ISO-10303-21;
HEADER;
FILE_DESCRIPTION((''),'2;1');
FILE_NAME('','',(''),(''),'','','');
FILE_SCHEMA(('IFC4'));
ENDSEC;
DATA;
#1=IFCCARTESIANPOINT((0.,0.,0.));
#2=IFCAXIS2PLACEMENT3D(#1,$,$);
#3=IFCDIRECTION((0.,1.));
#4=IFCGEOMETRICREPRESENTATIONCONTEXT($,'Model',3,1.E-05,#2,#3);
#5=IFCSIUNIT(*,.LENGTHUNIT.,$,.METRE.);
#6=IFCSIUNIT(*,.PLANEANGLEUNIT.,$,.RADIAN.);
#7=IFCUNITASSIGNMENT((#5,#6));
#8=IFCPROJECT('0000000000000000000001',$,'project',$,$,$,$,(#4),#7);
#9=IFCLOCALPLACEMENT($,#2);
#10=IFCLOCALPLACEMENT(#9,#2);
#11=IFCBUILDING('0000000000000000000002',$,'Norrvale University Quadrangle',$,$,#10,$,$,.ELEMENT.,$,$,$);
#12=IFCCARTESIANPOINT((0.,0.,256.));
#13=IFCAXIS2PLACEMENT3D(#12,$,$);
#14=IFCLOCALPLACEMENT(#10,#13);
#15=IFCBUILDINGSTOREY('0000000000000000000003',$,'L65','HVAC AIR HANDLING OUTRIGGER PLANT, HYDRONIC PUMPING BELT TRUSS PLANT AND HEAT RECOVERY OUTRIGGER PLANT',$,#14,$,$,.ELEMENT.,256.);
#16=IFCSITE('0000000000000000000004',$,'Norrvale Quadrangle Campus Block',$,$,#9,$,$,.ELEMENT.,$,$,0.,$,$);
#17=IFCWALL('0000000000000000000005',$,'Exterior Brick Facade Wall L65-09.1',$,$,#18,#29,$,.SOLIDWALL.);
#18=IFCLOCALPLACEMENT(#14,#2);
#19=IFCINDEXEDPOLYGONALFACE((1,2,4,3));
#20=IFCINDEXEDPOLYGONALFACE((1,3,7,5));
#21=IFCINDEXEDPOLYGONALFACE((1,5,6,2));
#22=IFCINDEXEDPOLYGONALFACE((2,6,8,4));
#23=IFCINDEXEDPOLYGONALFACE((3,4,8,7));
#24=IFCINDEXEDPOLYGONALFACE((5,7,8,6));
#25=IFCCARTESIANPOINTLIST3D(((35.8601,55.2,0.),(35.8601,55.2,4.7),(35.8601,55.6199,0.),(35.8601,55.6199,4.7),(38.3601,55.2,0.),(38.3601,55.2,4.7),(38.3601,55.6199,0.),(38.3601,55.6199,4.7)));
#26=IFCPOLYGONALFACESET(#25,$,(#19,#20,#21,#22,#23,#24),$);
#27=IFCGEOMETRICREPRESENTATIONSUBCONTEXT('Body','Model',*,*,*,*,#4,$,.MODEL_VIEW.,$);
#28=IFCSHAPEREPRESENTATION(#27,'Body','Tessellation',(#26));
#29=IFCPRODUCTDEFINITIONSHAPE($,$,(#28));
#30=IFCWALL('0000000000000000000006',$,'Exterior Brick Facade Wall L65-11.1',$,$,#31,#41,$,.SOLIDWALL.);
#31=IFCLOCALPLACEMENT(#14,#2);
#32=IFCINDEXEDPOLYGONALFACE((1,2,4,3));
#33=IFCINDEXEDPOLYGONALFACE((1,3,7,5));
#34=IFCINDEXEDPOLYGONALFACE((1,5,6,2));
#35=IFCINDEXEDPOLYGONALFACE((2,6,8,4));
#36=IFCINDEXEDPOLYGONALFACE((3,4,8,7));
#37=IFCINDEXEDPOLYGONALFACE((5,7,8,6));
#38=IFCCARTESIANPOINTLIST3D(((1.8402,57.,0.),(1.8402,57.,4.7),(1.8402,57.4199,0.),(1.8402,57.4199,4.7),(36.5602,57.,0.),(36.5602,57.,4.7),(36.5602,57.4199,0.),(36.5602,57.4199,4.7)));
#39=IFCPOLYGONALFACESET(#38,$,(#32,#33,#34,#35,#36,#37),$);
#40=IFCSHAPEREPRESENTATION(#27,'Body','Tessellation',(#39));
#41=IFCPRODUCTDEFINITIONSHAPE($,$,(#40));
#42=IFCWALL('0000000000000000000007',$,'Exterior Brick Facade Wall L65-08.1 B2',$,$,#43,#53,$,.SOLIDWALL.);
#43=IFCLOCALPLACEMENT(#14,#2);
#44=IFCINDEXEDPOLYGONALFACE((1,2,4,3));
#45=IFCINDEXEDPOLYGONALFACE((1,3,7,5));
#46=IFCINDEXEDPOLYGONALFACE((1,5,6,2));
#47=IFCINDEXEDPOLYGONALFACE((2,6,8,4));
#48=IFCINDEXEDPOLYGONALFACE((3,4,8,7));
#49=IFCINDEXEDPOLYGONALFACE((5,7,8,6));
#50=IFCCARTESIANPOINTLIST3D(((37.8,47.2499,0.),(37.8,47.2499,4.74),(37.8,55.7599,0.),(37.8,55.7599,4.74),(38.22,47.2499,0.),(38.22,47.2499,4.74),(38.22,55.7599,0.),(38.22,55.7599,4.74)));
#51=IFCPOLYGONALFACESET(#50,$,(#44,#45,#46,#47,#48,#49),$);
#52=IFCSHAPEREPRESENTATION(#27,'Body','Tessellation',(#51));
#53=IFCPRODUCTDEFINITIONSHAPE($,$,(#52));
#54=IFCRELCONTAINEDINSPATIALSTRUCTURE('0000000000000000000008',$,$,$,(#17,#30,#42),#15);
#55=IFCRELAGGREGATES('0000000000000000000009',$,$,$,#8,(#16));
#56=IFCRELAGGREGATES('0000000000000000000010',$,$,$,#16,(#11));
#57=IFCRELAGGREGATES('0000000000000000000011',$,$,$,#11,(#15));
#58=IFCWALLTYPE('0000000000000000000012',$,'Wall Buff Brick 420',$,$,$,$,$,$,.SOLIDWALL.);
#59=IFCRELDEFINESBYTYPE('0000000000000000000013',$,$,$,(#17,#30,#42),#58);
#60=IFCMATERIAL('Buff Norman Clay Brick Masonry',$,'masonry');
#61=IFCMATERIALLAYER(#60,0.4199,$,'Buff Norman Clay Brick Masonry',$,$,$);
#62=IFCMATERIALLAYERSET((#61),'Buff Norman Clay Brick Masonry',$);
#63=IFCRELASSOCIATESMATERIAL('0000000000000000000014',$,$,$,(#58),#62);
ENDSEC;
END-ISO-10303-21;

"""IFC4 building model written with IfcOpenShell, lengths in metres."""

from ifc_helpers import new_model, si_unit, direction, frame, frame_2d, origin, place, context, subcontext, project, spatial, rectangle, extrude, material, layer, layer_set, type_object, element, save


model = new_model("IFC4")

# Units and contexts
model_context = context("Model", 3, precision=1e-05, world=origin(), true_north=direction((0.0, 1.0)))
body_context = subcontext(model_context, "Body", "Model", "MODEL_VIEW")
ifc_project = project(units=[si_unit("LENGTHUNIT", "METRE"), si_unit("PLANEANGLEUNIT", "RADIAN")], contexts=[model_context])

# Site, building, storey
site_placement = place(None, origin())
site = spatial("IfcSite", under=ifc_project, at=site_placement, Name="Norrvale Quadrangle Campus Block", CompositionType="ELEMENT", RefElevation=0.0)
building_placement = place(site_placement, origin())
building = spatial("IfcBuilding", under=site, at=building_placement, Name="Norrvale University Quadrangle", CompositionType="ELEMENT")
storey_placement = place(building_placement, frame((0.0, 0.0, 256.0)))
storey = spatial("IfcBuildingStorey", under=building, at=storey_placement, Name="L65", Description="HVAC AIR HANDLING OUTRIGGER PLANT, HYDRONIC PUMPING BELT TRUSS PLANT AND HEAT RECOVERY OUTRIGGER PLANT", CompositionType="ELEMENT", Elevation=256.0)

# Walls
ifc_material_1 = material(Name="Buff Norman Clay Brick Masonry", Category="masonry")
ifc_layer = layer(ifc_material_1, 0.4199, Name="Buff Norman Clay Brick Masonry")
ifc_layer_set = layer_set([ifc_layer], Name="Buff Norman Clay Brick Masonry")
wall_type = type_object("IfcWallType", Name="Wall Buff Brick 420", PredefinedType="SOLIDWALL", material=ifc_layer_set)
wall_1_placement = place(storey_placement, frame((38.3601, 55.4099, 0.0), z_axis=(0.0, 0.0, 1.0), x_axis=(-1.0, 0.0, 0.0)))
element("IfcWall", 1, at=wall_1_placement, inside=storey, type_object=wall_type, Name="Exterior Brick Facade Wall L65-09.1", PredefinedType="SOLIDWALL", context=body_context, shape_type="SweptSolid", body=[
    extrude(rectangle(XDim=2.5, YDim=0.4199, at=frame_2d((1.25, 0.0))), origin(), (0.0, 0.0, 1.0), 4.7),
])
wall_2_placement = place(storey_placement, frame((36.5601, 57.21, 0.0), z_axis=(0.0, 0.0, 1.0), x_axis=(-1.0, 0.0, 0.0)))
element("IfcWall", 2, at=wall_2_placement, inside=storey, type_object=wall_type, Name="Exterior Brick Facade Wall L65-11.1", PredefinedType="SOLIDWALL", context=body_context, shape_type="SweptSolid", body=[
    extrude(rectangle(XDim=34.72, YDim=0.4199, at=frame_2d((17.3599, 0.0))), origin(), (0.0, 0.0, 1.0), 4.7),
])
wall_3_placement = place(storey_placement, frame((38.01, 47.25, 0.0), z_axis=(0.0, 0.0, 1.0), x_axis=(0.0, 1.0, 0.0)))
element("IfcWall", 3, at=wall_3_placement, inside=storey, type_object=wall_type, Name="Exterior Brick Facade Wall L65-08.1 B2", PredefinedType="SOLIDWALL", context=body_context, shape_type="SweptSolid", body=[
    extrude(rectangle(XDim=8.51, YDim=0.4199, at=frame_2d((4.2549, 0.0))), origin(), (0.0, 0.0, 1.0), 4.74),
])

save(model, "model.ifc")
